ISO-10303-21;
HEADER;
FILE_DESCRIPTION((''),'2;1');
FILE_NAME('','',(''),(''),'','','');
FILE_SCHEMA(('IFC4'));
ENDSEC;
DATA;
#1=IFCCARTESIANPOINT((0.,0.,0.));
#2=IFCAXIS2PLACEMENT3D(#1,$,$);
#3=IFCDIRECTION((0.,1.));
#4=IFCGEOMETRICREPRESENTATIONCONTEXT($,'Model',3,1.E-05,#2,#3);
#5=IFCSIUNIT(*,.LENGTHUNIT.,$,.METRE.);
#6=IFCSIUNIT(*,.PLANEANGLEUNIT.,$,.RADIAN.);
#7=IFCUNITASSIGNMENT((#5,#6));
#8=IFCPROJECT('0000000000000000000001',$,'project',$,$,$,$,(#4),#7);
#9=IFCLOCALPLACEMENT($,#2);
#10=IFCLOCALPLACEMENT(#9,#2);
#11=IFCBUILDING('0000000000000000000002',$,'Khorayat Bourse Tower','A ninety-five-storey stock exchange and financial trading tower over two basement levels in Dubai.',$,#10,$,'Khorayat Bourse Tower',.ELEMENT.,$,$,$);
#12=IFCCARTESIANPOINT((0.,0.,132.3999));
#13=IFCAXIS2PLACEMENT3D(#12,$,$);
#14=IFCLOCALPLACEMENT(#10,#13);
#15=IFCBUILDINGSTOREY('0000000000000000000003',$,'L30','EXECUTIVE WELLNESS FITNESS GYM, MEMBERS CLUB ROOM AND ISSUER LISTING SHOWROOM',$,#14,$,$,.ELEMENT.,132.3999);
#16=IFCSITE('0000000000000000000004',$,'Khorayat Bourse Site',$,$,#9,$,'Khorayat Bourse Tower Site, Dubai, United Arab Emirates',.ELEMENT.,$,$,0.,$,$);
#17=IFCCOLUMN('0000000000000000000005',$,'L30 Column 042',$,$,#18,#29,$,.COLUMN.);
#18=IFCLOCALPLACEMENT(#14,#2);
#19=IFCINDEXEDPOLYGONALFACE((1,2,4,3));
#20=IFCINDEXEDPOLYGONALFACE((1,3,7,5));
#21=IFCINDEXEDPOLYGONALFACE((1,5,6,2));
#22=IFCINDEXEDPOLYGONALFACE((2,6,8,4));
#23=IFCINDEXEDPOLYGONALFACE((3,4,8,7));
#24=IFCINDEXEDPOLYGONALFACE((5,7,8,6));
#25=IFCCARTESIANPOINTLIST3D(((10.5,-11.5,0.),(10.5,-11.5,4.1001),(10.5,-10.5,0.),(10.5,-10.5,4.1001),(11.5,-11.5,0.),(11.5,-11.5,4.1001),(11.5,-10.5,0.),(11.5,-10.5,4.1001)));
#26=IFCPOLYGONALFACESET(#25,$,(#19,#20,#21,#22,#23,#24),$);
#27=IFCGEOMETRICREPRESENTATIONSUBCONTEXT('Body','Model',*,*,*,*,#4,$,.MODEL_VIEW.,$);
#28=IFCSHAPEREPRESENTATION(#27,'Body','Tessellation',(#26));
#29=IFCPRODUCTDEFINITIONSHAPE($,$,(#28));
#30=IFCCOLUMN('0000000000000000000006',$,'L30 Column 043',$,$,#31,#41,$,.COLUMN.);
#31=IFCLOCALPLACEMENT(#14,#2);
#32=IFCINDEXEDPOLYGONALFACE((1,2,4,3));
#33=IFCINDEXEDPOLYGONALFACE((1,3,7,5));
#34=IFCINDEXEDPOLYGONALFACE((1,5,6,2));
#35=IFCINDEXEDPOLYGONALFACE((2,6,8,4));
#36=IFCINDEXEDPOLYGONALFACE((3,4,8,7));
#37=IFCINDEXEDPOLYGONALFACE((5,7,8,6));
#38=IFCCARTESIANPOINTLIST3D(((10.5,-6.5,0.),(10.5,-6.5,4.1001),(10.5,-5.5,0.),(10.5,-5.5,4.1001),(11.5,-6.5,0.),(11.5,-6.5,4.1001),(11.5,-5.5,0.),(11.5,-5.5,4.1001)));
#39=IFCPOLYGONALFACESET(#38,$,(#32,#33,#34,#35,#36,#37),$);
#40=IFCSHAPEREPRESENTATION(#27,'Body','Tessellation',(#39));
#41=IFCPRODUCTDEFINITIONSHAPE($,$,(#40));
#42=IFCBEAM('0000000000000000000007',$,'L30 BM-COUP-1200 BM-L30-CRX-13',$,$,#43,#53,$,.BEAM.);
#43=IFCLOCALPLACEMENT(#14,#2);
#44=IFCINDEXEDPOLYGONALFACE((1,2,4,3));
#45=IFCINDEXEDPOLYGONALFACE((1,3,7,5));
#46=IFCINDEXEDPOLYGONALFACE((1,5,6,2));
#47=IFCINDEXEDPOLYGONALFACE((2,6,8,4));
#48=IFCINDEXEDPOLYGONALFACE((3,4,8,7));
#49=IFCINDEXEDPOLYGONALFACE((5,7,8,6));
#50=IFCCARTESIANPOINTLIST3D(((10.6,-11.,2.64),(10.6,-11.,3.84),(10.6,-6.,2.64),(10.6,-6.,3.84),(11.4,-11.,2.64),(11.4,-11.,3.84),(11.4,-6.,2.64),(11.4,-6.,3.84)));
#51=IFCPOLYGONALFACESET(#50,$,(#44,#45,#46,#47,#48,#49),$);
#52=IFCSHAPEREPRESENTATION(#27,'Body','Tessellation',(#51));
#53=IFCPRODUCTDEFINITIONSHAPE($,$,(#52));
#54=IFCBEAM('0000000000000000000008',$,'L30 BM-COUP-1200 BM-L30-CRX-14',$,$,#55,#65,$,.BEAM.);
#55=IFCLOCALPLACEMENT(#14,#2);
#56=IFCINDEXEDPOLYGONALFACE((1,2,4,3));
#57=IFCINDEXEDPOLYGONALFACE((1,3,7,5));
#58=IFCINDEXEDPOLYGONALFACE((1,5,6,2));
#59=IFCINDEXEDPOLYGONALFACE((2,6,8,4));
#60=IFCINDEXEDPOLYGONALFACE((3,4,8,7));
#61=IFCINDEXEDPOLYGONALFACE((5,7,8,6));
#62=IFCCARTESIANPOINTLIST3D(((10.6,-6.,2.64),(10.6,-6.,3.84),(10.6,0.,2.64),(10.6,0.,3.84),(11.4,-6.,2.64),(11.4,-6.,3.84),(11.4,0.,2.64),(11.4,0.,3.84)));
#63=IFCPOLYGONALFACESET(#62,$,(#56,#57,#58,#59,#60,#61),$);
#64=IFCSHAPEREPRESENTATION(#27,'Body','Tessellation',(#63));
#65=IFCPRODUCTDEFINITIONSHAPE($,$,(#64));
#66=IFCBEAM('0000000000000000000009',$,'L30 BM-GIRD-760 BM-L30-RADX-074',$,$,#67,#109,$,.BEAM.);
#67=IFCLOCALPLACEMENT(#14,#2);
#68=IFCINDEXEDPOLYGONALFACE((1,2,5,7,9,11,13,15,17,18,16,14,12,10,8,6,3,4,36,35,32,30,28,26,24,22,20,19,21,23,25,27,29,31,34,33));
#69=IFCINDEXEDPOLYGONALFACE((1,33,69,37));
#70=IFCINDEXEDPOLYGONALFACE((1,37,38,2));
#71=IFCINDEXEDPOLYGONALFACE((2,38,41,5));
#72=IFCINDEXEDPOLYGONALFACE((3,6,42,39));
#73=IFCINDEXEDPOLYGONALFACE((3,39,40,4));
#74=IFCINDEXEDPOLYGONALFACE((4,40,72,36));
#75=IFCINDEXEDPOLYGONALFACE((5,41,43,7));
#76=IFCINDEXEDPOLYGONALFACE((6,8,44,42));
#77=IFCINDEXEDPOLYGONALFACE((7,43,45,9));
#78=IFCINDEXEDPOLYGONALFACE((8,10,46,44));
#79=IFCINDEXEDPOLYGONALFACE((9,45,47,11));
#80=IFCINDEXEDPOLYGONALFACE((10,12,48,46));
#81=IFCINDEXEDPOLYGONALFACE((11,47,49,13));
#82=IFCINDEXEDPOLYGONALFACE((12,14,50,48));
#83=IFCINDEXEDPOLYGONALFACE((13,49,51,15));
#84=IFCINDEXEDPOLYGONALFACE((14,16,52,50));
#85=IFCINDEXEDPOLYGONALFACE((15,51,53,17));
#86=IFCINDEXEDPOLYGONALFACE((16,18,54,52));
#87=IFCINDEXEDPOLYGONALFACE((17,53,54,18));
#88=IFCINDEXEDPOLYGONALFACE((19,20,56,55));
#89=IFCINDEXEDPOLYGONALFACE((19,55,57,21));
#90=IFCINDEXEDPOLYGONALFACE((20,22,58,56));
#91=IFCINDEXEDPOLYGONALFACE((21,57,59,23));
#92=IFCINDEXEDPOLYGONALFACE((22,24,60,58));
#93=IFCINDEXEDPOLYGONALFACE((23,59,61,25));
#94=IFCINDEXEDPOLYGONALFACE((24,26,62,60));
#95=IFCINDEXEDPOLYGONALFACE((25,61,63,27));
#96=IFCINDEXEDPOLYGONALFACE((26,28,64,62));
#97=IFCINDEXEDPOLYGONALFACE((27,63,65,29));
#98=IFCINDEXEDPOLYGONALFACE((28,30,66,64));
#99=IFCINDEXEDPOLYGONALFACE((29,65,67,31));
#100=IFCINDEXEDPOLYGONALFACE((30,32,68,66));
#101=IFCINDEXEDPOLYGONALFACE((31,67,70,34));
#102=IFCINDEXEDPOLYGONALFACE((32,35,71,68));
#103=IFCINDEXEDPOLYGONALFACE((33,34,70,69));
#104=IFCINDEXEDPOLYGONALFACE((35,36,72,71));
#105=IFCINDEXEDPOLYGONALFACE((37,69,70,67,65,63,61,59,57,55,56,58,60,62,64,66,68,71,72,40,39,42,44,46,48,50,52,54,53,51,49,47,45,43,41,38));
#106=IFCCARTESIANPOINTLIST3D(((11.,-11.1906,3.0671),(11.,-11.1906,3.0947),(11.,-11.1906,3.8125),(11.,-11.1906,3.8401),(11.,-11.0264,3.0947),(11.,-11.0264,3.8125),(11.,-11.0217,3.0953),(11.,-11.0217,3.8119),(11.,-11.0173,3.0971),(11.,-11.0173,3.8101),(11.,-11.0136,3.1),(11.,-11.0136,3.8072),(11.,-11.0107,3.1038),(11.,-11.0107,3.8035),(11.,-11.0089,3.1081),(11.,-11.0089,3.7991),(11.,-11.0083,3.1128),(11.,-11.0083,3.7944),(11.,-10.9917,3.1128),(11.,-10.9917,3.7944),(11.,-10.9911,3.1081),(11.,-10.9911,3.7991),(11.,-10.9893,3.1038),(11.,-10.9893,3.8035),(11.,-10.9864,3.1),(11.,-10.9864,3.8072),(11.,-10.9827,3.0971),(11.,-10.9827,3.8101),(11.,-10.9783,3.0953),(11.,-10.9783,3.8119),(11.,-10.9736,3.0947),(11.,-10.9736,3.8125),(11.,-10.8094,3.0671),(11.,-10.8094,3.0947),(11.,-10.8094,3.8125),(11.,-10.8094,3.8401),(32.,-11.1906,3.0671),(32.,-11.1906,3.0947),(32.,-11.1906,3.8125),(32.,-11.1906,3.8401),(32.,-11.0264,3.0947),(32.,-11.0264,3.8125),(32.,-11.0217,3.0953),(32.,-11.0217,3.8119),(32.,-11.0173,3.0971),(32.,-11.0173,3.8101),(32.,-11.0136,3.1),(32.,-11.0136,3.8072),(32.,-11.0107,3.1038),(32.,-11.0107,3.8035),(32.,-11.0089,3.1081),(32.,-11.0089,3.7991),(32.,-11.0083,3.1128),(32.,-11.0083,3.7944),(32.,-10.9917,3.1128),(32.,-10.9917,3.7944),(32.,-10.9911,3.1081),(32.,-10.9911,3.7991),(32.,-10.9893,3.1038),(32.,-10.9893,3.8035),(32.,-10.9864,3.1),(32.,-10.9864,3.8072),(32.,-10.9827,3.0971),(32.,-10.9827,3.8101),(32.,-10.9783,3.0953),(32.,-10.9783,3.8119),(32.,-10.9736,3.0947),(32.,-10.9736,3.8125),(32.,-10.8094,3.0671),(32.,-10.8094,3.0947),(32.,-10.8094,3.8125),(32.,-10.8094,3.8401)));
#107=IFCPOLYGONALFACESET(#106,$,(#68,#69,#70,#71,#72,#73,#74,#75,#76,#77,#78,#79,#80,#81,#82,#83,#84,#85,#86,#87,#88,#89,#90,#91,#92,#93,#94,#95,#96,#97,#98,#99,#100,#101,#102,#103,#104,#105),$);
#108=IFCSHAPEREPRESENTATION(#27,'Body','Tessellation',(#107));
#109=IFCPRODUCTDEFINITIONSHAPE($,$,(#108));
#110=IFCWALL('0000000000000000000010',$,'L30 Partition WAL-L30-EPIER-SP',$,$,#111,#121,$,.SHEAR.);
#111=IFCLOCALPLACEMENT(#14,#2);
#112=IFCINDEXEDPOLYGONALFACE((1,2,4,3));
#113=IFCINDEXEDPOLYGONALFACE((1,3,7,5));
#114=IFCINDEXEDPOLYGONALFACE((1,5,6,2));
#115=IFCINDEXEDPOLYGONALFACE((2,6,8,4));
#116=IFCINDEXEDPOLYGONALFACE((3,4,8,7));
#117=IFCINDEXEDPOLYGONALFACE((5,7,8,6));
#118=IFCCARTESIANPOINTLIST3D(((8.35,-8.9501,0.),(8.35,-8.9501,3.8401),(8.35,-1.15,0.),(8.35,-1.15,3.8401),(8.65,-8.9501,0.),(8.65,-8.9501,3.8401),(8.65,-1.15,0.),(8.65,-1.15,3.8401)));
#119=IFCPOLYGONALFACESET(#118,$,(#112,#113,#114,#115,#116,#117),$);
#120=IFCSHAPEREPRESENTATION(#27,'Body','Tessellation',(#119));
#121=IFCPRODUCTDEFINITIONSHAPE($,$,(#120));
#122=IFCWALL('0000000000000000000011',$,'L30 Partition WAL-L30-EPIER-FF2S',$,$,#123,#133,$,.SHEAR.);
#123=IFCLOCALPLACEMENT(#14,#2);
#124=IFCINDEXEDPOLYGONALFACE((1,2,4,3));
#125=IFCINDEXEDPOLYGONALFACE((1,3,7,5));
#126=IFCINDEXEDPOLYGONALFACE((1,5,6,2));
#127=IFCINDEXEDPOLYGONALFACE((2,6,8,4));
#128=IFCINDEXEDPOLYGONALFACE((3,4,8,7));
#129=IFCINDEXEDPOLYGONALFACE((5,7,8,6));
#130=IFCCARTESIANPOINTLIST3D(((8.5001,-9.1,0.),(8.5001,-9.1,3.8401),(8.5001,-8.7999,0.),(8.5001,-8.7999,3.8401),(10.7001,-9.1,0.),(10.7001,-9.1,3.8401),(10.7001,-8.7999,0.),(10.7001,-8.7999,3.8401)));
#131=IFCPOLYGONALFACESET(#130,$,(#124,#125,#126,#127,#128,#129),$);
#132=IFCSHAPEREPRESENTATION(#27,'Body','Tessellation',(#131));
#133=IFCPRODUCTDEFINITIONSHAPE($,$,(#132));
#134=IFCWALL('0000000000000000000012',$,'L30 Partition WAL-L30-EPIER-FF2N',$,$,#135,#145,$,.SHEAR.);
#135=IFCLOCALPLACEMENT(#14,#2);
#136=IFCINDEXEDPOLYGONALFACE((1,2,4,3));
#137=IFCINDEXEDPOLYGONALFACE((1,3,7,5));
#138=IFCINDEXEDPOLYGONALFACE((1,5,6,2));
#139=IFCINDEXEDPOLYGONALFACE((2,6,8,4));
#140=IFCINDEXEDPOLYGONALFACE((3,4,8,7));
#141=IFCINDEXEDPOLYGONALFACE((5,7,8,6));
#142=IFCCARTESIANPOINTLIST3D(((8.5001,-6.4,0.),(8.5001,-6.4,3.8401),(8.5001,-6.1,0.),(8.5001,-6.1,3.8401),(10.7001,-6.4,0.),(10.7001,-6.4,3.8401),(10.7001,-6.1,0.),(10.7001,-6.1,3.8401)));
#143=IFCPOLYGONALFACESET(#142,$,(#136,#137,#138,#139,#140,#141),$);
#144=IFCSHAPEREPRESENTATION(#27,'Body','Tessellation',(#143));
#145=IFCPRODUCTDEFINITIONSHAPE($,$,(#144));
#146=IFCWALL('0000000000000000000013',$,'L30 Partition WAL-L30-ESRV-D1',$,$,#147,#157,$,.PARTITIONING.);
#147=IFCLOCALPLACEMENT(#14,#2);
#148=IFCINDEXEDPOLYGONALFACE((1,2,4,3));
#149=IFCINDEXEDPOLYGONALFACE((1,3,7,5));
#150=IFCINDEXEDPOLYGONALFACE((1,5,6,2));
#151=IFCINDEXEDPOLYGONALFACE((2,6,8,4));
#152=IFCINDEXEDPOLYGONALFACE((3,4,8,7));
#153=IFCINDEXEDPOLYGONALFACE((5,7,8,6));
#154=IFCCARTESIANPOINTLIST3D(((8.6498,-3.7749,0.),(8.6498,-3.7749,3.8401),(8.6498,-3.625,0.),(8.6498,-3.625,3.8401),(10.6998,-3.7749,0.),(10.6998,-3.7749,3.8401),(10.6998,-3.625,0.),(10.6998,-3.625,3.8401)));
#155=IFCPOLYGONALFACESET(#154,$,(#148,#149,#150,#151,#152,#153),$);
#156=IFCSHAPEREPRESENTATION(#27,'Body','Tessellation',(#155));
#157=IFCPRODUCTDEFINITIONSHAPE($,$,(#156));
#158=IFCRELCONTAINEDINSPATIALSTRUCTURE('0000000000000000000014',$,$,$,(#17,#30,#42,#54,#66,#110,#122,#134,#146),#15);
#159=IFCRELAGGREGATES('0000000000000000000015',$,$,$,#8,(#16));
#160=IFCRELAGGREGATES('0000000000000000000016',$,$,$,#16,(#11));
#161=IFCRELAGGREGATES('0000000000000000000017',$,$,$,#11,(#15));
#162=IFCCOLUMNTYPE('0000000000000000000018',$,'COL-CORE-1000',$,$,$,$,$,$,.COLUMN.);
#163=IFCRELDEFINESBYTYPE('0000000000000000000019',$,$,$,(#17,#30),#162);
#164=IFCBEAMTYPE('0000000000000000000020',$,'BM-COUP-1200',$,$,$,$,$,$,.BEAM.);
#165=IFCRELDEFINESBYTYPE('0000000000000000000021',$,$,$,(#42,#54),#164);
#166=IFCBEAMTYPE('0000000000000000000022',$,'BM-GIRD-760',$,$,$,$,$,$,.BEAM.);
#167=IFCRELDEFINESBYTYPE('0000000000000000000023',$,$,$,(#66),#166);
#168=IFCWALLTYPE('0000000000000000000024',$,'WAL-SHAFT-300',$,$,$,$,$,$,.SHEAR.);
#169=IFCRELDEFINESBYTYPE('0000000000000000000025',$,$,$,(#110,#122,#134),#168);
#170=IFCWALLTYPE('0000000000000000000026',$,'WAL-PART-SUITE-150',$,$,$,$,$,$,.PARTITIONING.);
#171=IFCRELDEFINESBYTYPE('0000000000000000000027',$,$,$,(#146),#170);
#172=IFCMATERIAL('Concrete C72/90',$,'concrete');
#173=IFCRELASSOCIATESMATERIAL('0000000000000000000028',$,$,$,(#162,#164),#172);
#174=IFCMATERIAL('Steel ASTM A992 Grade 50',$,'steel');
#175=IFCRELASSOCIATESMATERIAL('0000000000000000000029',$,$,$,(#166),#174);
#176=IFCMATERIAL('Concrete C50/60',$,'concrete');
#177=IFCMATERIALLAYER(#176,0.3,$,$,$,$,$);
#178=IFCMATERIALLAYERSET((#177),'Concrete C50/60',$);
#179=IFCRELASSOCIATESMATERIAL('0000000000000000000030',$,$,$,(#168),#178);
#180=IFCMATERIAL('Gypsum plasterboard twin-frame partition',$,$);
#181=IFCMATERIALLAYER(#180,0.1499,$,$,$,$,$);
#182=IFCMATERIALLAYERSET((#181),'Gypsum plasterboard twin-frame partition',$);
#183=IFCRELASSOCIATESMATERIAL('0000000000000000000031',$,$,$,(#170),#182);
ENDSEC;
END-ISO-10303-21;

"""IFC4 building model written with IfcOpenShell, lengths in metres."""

from ifc_helpers import new_model, si_unit, direction, frame, frame_2d, origin, origin_2d, place, context, subcontext, project, spatial, rectangle, i_section, extrude, source, transform, mapped, material, layer, layer_set, material_profile, profile_set, type_object, element, save


model = new_model("IFC4")

# Units and contexts
model_context = context("Model", 3, precision=1e-05, world=origin(), true_north=direction((0.0, 1.0)))
body_context = subcontext(model_context, "Body", "Model", "MODEL_VIEW")
ifc_project = project(units=[si_unit("LENGTHUNIT", "METRE"), si_unit("PLANEANGLEUNIT", "RADIAN")], contexts=[model_context])

# Site, building, storey
site_placement = place(None, origin())
site = spatial("IfcSite", under=ifc_project, at=site_placement, Name="Khorayat Bourse Site", LongName="Khorayat Bourse Tower Site, Dubai, United Arab Emirates", CompositionType="ELEMENT", RefElevation=0.0)
building_placement = place(site_placement, origin())
building = spatial("IfcBuilding", under=site, at=building_placement, Name="Khorayat Bourse Tower", Description="A ninety-five-storey stock exchange and financial trading tower over two basement levels in Dubai.", LongName="Khorayat Bourse Tower", CompositionType="ELEMENT")
storey_placement = place(building_placement, frame((0.0, 0.0, 132.3999)))
storey = spatial("IfcBuildingStorey", under=building, at=storey_placement, Name="L30", Description="EXECUTIVE WELLNESS FITNESS GYM, MEMBERS CLUB ROOM AND ISSUER LISTING SHOWROOM", CompositionType="ELEMENT", Elevation=132.3999)

# Columns
ifc_material_1 = material(Name="Concrete C72/90", Category="concrete")
ifc_material_profile_1 = material_profile(ifc_material_1, rectangle(XDim=1.0, YDim=1.0, at=origin_2d()), Name="RC 1000x1000")
ifc_profile_set_1 = profile_set([ifc_material_profile_1], Name="Concrete C72/90")
column_type = type_object("IfcColumnType", Name="COL-CORE-1000", PredefinedType="COLUMN", material=ifc_profile_set_1)
shared_shape_1 = source(origin(), body_context, "Body", "SweptSolid", [
    extrude(rectangle(XDim=1.0, YDim=1.0, at=origin_2d()), origin(), (0.0, 0.0, 1.0), 4.1001),
])
for number, where, z_axis, x_axis, name in (
    (1, (11.0, -11.0, 0.0), (0.0, 0.0, 1.0), (1.0, 0.0, 0.0), "L30 Column 042"),
    (2, (11.0, -6.0, 0.0), (0.0, 0.0, 1.0), (1.0, 0.0, 0.0), "L30 Column 043"),
):
    element("IfcColumn", number, at=place(storey_placement, frame(where, z_axis=z_axis, x_axis=x_axis)), inside=storey, type_object=column_type, Name=name, PredefinedType="COLUMN", context=body_context, shape_type="MappedRepresentation", body=[
        mapped(shared_shape_1, transform((0.0, 0.0, 0.0), scale=1.0)),
    ])

# Beams
ifc_material_profile_2 = material_profile(ifc_material_1, rectangle(XDim=0.8, YDim=1.2, at=origin_2d()), Name="RC 800x1200")
ifc_profile_set_2 = profile_set([ifc_material_profile_2], Name="Concrete C72/90")
beam_type_1 = type_object("IfcBeamType", Name="BM-COUP-1200", PredefinedType="BEAM", material=ifc_profile_set_2)
shared_shape_2 = source(origin(), body_context, "Body", "SweptSolid", [
    extrude(rectangle(XDim=0.8, YDim=1.2, at=origin_2d()), origin(), (0.0, 0.0, 1.0), 5.0),
])
beam_1_placement = place(storey_placement, frame((11.0, -11.0, 3.24), z_axis=(0.0, 1.0, 0.0), x_axis=(-1.0, 0.0, 0.0)))
element("IfcBeam", 3, at=beam_1_placement, inside=storey, type_object=beam_type_1, Name="L30 BM-COUP-1200 BM-L30-CRX-13", PredefinedType="BEAM", context=body_context, shape_type="MappedRepresentation", body=[
    mapped(shared_shape_2, transform((0.0, 0.0, 0.0), scale=1.0)),
])
shared_shape_3 = source(origin(), body_context, "Body", "SweptSolid", [
    extrude(rectangle(XDim=0.8, YDim=1.2, at=origin_2d()), origin(), (0.0, 0.0, 1.0), 6.0),
])
beam_2_placement = place(storey_placement, frame((11.0, -6.0, 3.24), z_axis=(0.0, 1.0, 0.0), x_axis=(-1.0, 0.0, 0.0)))
element("IfcBeam", 4, at=beam_2_placement, inside=storey, type_object=beam_type_1, Name="L30 BM-COUP-1200 BM-L30-CRX-14", PredefinedType="BEAM", context=body_context, shape_type="MappedRepresentation", body=[
    mapped(shared_shape_3, transform((0.0, 0.0, 0.0), scale=1.0)),
])
ifc_material_2 = material(Name="Steel ASTM A992 Grade 50", Category="steel")
ifc_material_profile_3 = material_profile(ifc_material_2, i_section(OverallWidth=0.3811, OverallDepth=0.7729, WebThickness=0.0166, FlangeThickness=0.0276, FilletRadius=0.0181, at=origin_2d()), Name="W760X257")
ifc_profile_set_3 = profile_set([ifc_material_profile_3], Name="Steel ASTM A992 Grade 50")
beam_type_2 = type_object("IfcBeamType", Name="BM-GIRD-760", PredefinedType="BEAM", material=ifc_profile_set_3)
shared_shape_4 = source(origin(), body_context, "Body", "SweptSolid", [
    extrude(i_section(OverallWidth=0.3811, OverallDepth=0.7729, WebThickness=0.0166, FlangeThickness=0.0276, FilletRadius=0.0181, at=origin_2d()), origin(), (0.0, 0.0, 1.0), 21.0),
])
beam_3_placement = place(storey_placement, frame((11.0, -11.0, 3.4536), z_axis=(1.0, 0.0, 0.0), x_axis=(0.0, 1.0, 0.0)))
element("IfcBeam", 5, at=beam_3_placement, inside=storey, type_object=beam_type_2, Name="L30 BM-GIRD-760 BM-L30-RADX-074", PredefinedType="BEAM", context=body_context, shape_type="MappedRepresentation", body=[
    mapped(shared_shape_4, transform((0.0, 0.0, 0.0), scale=1.0)),
])

# Walls
ifc_material_3 = material(Name="Concrete C50/60", Category="concrete")
ifc_layer_1 = layer(ifc_material_3, 0.3)
ifc_layer_set_1 = layer_set([ifc_layer_1], Name="Concrete C50/60")
wall_type_1 = type_object("IfcWallType", Name="WAL-SHAFT-300", PredefinedType="SHEAR", material=ifc_layer_set_1)
shared_shape_5 = source(origin(), body_context, "Body", "SweptSolid", [
    extrude(rectangle(XDim=7.8, YDim=0.3, at=frame_2d((3.8999, 0.0))), origin(), (0.0, 0.0, 1.0), 3.8401),
])
wall_1_placement = place(storey_placement, frame((8.5, -8.95, 0.0), z_axis=(0.0, 0.0, 1.0), x_axis=(0.0, 1.0, 0.0)))
element("IfcWall", 6, at=wall_1_placement, inside=storey, type_object=wall_type_1, Name="L30 Partition WAL-L30-EPIER-SP", PredefinedType="SHEAR", context=body_context, shape_type="MappedRepresentation", body=[
    mapped(shared_shape_5, transform((0.0, 0.0, 0.0), scale=1.0)),
])
shared_shape_6 = source(origin(), body_context, "Body", "SweptSolid", [
    extrude(rectangle(XDim=2.2, YDim=0.3, at=frame_2d((1.1001, 0.0))), origin(), (0.0, 0.0, 1.0), 3.8401),
])
for number, where, z_axis, x_axis, name in (
    (7, (8.5, -8.95, 0.0), (0.0, 0.0, 1.0), (1.0, 0.0, 0.0), "L30 Partition WAL-L30-EPIER-FF2S"),
    (8, (8.5, -6.25, 0.0), (0.0, 0.0, 1.0), (1.0, 0.0, 0.0), "L30 Partition WAL-L30-EPIER-FF2N"),
):
    element("IfcWall", number, at=place(storey_placement, frame(where, z_axis=z_axis, x_axis=x_axis)), inside=storey, type_object=wall_type_1, Name=name, PredefinedType="SHEAR", context=body_context, shape_type="MappedRepresentation", body=[
        mapped(shared_shape_6, transform((0.0, 0.0, 0.0), scale=1.0)),
    ])
ifc_material_4 = material(Name="Gypsum plasterboard twin-frame partition")
ifc_layer_2 = layer(ifc_material_4, 0.1499)
ifc_layer_set_2 = layer_set([ifc_layer_2], Name="Gypsum plasterboard twin-frame partition")
wall_type_2 = type_object("IfcWallType", Name="WAL-PART-SUITE-150", PredefinedType="PARTITIONING", material=ifc_layer_set_2)
shared_shape_7 = source(origin(), body_context, "Body", "SweptSolid", [
    extrude(rectangle(XDim=2.05, YDim=0.1499, at=frame_2d((1.0249, 0.0))), origin(), (0.0, 0.0, 1.0), 3.8401),
])
wall_2_placement = place(storey_placement, frame((8.6499, -3.7, 0.0), z_axis=(0.0, 0.0, 1.0), x_axis=(1.0, 0.0, 0.0)))
element("IfcWall", 9, at=wall_2_placement, inside=storey, type_object=wall_type_2, Name="L30 Partition WAL-L30-ESRV-D1", PredefinedType="PARTITIONING", context=body_context, shape_type="MappedRepresentation", body=[
    mapped(shared_shape_7, transform((0.0, 0.0, 0.0), scale=1.0)),
])

save(model, "model.ifc")
